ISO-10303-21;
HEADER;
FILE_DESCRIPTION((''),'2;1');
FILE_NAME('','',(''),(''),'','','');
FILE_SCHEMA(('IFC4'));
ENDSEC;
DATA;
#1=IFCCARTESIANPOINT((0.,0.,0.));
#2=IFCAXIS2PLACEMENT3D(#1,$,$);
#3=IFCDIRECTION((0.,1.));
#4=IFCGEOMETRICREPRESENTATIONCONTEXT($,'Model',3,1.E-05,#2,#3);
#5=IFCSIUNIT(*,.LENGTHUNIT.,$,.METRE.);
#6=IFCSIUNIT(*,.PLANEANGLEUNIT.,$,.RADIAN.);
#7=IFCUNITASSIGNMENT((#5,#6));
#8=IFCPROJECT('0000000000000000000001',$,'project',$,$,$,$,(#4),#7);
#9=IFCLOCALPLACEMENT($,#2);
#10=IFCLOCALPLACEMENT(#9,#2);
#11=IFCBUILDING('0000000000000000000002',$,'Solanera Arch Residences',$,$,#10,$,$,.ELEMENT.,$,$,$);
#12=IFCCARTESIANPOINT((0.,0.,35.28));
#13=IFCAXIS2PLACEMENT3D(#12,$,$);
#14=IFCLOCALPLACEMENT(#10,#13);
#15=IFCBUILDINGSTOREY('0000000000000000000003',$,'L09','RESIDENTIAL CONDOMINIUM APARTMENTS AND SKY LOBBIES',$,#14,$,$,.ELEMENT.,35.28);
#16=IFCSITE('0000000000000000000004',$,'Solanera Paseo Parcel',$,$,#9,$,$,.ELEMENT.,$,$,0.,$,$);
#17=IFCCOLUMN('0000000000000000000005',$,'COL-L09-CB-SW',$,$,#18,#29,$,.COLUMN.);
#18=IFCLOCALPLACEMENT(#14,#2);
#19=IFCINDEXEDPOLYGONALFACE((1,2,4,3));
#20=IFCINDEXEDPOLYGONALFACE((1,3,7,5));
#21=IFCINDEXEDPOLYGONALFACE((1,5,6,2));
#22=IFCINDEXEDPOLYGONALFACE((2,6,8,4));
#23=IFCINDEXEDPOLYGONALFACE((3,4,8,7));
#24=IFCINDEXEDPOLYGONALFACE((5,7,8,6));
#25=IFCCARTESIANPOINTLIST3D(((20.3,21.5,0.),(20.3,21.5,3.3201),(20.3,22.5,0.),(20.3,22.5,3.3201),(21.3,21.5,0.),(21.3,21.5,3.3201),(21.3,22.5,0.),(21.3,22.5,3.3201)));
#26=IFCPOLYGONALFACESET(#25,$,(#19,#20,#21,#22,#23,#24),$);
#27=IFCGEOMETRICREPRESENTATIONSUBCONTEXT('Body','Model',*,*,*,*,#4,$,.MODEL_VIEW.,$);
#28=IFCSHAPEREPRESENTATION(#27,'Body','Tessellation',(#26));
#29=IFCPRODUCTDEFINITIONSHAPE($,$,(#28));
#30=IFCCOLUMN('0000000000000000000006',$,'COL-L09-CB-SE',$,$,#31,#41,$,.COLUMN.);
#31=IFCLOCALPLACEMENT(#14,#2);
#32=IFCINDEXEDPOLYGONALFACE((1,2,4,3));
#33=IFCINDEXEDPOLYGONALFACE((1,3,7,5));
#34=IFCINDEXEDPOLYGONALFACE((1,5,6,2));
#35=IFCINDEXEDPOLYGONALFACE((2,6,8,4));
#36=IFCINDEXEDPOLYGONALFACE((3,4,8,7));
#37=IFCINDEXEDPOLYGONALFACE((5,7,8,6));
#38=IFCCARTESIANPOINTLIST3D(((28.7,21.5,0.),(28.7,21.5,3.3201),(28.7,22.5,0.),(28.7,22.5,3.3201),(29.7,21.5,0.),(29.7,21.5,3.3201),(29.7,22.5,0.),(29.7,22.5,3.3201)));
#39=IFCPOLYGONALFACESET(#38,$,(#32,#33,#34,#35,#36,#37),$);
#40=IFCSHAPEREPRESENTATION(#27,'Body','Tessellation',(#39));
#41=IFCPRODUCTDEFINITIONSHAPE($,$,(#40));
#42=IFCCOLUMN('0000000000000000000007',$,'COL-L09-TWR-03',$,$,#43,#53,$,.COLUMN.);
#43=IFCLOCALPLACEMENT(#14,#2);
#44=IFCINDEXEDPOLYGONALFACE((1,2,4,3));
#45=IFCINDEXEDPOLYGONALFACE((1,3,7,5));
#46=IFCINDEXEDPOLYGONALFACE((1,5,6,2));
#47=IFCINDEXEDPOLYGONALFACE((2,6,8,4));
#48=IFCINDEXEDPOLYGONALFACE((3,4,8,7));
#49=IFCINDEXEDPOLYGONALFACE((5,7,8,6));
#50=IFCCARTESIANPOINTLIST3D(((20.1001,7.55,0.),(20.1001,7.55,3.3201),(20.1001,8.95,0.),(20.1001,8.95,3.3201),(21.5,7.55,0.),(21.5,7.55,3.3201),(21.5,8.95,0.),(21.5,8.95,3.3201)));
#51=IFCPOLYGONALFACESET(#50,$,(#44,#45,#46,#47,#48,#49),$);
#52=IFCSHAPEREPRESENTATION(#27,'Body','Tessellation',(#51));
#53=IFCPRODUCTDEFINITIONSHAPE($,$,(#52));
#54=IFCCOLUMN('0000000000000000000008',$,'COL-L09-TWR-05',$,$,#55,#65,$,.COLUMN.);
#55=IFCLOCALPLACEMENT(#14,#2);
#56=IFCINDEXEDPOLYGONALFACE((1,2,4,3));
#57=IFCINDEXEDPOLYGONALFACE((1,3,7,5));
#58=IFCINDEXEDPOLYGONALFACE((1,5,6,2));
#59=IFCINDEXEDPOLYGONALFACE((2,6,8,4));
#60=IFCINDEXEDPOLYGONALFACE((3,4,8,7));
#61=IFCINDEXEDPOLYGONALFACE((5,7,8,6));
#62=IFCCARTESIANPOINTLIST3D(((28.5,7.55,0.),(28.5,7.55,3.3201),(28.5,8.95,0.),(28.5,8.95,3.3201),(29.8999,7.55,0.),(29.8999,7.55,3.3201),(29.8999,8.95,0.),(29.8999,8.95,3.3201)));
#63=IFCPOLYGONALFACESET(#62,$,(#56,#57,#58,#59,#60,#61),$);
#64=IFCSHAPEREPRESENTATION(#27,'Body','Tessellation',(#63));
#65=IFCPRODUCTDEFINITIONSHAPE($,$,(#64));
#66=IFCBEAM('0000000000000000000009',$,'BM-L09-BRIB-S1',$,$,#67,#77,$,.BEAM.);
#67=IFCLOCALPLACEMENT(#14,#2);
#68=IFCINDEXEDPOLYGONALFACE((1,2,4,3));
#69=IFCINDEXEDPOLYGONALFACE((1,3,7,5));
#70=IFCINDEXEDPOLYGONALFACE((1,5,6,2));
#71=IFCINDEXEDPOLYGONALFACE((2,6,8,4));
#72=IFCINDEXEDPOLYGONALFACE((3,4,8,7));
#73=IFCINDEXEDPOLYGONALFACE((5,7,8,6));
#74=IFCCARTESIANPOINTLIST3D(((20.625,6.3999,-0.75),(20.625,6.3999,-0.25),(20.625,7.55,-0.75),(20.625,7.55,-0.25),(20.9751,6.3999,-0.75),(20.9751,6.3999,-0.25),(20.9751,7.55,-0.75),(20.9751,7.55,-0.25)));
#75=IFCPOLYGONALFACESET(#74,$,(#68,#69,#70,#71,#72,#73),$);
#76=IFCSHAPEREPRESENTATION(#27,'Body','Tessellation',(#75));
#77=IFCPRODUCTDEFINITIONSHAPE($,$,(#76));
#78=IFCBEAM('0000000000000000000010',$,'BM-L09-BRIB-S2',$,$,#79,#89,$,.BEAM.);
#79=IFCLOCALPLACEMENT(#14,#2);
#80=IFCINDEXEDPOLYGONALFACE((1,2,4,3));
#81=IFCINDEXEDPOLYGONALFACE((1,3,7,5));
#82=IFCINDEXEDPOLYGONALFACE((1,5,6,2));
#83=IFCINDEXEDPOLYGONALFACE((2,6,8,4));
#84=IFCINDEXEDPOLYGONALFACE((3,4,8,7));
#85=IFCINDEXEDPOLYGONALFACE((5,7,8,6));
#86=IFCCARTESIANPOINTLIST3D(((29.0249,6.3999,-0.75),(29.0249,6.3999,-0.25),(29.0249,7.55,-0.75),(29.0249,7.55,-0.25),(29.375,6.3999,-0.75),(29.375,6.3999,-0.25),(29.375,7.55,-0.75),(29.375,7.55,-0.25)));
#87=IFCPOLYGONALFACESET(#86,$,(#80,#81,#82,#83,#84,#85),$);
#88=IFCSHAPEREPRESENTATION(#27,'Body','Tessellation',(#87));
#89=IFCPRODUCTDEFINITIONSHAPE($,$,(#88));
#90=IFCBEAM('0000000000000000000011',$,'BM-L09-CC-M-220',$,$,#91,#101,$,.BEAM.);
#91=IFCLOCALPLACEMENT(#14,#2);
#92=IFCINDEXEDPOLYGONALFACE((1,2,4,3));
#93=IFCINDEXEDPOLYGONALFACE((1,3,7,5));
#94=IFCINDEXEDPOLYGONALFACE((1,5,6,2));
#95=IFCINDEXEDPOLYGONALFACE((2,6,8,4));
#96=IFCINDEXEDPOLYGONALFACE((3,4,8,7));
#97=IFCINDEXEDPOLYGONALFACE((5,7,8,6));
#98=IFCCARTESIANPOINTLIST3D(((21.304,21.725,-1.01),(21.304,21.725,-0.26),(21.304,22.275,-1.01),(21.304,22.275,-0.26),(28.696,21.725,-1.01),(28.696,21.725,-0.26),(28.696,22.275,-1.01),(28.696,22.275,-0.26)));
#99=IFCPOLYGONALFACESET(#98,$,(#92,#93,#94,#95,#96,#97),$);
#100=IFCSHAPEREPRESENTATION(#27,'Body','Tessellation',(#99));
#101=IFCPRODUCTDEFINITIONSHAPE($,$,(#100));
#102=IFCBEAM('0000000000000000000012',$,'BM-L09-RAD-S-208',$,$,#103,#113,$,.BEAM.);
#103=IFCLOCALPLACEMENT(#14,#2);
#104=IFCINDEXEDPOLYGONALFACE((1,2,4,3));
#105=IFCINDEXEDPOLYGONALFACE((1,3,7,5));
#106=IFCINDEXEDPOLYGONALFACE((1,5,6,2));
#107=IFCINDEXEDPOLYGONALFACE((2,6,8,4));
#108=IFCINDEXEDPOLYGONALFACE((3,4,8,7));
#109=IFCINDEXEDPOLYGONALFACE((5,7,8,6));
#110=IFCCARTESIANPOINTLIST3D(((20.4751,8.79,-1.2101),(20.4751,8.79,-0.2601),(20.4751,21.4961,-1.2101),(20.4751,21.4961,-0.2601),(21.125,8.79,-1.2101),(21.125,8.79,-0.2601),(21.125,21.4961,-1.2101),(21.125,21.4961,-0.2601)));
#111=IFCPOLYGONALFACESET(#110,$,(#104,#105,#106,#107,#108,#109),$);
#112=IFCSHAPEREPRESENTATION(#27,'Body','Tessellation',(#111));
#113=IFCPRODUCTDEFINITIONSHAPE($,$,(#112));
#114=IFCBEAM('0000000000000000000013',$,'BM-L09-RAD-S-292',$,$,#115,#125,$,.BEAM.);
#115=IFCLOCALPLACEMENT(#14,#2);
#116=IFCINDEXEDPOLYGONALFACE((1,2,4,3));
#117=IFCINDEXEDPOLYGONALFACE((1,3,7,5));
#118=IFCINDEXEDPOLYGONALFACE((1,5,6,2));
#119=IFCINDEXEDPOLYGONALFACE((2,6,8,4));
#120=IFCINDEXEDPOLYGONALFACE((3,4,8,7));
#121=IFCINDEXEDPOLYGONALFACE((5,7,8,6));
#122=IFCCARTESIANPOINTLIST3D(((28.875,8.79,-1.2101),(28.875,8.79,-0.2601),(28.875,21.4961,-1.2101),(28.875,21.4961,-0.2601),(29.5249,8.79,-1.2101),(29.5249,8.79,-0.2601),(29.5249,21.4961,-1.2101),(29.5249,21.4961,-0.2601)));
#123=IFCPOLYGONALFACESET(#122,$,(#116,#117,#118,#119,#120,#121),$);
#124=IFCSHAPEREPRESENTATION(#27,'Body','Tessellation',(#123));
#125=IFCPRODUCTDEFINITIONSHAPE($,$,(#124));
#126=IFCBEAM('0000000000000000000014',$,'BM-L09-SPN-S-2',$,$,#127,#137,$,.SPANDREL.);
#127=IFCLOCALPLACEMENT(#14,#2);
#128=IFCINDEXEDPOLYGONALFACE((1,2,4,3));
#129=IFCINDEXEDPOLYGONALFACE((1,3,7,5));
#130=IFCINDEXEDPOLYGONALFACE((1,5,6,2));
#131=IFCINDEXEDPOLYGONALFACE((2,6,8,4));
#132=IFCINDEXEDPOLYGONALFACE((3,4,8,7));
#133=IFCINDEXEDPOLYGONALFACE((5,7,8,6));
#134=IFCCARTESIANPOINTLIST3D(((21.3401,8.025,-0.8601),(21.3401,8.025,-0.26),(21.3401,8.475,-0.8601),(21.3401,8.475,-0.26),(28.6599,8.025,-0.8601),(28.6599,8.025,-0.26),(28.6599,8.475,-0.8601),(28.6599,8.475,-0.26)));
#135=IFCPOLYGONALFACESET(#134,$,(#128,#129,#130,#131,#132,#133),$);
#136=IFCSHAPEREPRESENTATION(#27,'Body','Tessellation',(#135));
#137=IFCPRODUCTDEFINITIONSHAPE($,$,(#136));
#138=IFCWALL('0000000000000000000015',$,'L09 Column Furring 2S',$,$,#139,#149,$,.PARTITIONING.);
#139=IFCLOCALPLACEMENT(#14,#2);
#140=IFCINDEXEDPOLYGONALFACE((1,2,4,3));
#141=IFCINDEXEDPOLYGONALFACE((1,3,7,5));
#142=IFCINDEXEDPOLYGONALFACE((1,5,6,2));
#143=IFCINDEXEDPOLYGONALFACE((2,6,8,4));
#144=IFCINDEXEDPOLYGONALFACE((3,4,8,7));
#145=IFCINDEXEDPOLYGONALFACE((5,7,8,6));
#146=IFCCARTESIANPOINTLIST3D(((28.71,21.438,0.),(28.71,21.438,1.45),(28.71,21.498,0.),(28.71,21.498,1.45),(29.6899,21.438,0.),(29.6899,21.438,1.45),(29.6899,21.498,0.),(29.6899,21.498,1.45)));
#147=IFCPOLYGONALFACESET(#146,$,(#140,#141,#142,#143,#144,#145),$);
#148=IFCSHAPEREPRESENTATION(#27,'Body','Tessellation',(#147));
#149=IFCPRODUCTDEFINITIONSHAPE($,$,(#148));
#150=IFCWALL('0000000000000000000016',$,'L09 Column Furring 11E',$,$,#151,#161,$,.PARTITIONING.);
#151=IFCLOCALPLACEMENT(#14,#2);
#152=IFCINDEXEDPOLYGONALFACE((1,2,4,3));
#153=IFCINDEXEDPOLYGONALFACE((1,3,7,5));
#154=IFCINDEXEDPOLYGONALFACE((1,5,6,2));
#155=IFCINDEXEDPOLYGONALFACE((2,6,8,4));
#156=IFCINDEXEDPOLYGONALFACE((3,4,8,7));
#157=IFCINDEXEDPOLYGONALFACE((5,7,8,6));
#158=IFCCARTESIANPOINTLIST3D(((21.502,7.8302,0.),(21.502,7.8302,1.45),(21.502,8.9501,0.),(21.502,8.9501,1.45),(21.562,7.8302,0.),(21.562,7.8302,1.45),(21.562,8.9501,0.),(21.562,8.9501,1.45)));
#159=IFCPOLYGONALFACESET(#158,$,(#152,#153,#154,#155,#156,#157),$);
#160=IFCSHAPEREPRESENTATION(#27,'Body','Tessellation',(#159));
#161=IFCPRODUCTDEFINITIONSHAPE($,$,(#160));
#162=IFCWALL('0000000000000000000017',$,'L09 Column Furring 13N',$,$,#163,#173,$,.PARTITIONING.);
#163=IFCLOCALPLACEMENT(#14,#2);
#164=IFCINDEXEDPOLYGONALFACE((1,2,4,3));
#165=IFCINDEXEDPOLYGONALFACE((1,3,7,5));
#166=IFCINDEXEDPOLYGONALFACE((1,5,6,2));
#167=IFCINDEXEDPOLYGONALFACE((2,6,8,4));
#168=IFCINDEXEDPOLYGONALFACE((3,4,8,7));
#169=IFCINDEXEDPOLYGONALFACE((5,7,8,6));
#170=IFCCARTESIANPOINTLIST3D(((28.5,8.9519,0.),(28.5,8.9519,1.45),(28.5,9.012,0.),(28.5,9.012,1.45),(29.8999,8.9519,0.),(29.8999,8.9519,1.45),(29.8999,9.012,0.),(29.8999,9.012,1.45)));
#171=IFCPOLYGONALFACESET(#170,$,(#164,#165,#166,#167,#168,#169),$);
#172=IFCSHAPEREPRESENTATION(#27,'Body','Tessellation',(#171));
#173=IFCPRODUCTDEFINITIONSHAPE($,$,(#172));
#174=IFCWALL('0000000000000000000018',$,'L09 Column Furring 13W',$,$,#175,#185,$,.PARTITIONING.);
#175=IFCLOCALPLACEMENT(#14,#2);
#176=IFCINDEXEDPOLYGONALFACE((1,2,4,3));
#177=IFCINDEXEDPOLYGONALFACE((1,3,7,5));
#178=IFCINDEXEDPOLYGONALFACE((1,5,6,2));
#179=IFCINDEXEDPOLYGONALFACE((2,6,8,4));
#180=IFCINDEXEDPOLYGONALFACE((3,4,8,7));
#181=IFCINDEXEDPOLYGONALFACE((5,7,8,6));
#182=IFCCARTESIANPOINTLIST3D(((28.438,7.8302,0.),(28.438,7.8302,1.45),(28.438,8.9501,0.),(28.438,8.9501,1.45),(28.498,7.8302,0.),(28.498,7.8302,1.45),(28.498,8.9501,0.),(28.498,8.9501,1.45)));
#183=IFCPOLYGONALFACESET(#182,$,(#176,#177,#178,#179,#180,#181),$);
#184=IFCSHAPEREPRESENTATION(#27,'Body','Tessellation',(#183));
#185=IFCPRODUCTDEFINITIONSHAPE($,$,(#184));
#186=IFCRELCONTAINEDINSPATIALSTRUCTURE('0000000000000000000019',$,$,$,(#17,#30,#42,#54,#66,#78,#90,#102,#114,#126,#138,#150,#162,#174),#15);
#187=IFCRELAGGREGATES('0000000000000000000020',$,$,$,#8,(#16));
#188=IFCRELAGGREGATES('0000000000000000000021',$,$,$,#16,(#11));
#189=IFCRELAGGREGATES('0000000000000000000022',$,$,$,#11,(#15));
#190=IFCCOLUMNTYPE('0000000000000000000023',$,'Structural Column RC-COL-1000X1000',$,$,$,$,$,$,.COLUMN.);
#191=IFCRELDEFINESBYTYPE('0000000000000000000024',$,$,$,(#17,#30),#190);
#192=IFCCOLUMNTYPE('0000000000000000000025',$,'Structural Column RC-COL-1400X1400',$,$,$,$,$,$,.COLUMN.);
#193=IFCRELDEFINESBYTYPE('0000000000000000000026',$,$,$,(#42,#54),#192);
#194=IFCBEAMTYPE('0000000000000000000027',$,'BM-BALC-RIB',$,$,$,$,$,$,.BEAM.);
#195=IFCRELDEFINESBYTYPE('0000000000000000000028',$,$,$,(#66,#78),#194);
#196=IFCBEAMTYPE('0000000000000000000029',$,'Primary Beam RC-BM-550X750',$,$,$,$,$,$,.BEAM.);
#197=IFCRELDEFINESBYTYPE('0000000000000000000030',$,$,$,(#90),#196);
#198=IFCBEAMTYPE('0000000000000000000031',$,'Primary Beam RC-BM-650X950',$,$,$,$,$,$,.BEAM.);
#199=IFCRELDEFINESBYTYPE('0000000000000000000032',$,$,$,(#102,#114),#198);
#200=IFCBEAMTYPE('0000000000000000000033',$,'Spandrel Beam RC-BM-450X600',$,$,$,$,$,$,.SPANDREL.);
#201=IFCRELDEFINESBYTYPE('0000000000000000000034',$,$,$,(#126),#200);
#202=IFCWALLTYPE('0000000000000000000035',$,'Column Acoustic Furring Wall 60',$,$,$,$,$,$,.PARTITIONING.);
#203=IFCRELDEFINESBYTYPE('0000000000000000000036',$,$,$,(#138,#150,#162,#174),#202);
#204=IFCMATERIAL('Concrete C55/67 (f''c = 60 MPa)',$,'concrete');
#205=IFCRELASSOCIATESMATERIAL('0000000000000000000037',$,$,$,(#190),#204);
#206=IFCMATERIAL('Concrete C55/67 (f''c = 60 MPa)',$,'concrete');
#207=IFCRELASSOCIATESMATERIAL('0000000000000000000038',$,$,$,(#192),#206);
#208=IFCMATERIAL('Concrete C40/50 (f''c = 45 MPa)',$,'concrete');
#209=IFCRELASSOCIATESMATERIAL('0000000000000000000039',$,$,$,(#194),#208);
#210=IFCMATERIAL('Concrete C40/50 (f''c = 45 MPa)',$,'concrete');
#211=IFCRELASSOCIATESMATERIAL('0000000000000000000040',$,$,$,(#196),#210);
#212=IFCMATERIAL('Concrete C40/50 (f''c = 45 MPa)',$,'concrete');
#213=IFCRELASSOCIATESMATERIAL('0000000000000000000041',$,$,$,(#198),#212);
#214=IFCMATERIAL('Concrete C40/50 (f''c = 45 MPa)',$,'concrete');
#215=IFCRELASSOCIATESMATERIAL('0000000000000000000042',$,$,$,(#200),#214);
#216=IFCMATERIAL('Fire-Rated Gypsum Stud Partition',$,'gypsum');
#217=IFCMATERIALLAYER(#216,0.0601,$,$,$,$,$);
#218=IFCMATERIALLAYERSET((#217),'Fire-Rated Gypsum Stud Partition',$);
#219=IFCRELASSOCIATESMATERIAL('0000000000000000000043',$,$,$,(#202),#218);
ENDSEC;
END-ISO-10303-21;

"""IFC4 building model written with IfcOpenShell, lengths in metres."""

from ifc_helpers import new_model, si_unit, direction, frame, frame_2d, origin, origin_2d, place, context, subcontext, project, spatial, rectangle, extrude, material, layer, layer_set, material_profile, profile_set, type_object, element, save


model = new_model("IFC4")

# Units and contexts
model_context = context("Model", 3, precision=1e-05, world=origin(), true_north=direction((0.0, 1.0)))
body_context = subcontext(model_context, "Body", "Model", "MODEL_VIEW")
ifc_project = project(units=[si_unit("LENGTHUNIT", "METRE"), si_unit("PLANEANGLEUNIT", "RADIAN")], contexts=[model_context])

# Site, building, storey
site_placement = place(None, origin())
site = spatial("IfcSite", under=ifc_project, at=site_placement, Name="Solanera Paseo Parcel", CompositionType="ELEMENT", RefElevation=0.0)
building_placement = place(site_placement, origin())
building = spatial("IfcBuilding", under=site, at=building_placement, Name="Solanera Arch Residences", CompositionType="ELEMENT")
storey_placement = place(building_placement, frame((0.0, 0.0, 35.28)))
storey = spatial("IfcBuildingStorey", under=building, at=storey_placement, Name="L09", Description="RESIDENTIAL CONDOMINIUM APARTMENTS AND SKY LOBBIES", CompositionType="ELEMENT", Elevation=35.28)

# Columns
ifc_material_1 = material(Name="Concrete C55/67 (f'c = 60 MPa)", Category="concrete")
ifc_material_profile_1 = material_profile(ifc_material_1, rectangle(XDim=1.0, YDim=1.0, at=origin_2d()))
ifc_profile_set_1 = profile_set([ifc_material_profile_1], Name="Concrete C55/67 (f'c = 60 MPa)")
column_type_1 = type_object("IfcColumnType", Name="Structural Column RC-COL-1000X1000", PredefinedType="COLUMN", material=ifc_profile_set_1)
for number, where, z_axis, x_axis, name in (
    (1, (20.8, 22.0, 0.0), (0.0, 0.0, 1.0), (1.0, 0.0, 0.0), "COL-L09-CB-SW"),
    (2, (29.2, 22.0, 0.0), (0.0, 0.0, 1.0), (1.0, 0.0, 0.0), "COL-L09-CB-SE"),
):
    element("IfcColumn", number, at=place(storey_placement, frame(where, z_axis=z_axis, x_axis=x_axis)), inside=storey, type_object=column_type_1, Name=name, PredefinedType="COLUMN", context=body_context, shape_type="SweptSolid", body=[
        extrude(rectangle(XDim=1.0, YDim=1.0, at=origin_2d()), origin(), (0.0, 0.0, 1.0), 3.3201),
    ])
ifc_material_2 = material(Name="Concrete C55/67 (f'c = 60 MPa)", Category="concrete")
ifc_material_profile_2 = material_profile(ifc_material_2, rectangle(XDim=1.3999, YDim=1.3999, at=origin_2d()))
ifc_profile_set_2 = profile_set([ifc_material_profile_2], Name="Concrete C55/67 (f'c = 60 MPa)")
column_type_2 = type_object("IfcColumnType", Name="Structural Column RC-COL-1400X1400", PredefinedType="COLUMN", material=ifc_profile_set_2)
for number, where, z_axis, x_axis, name in (
    (3, (20.8, 8.25, 0.0), (0.0, 0.0, 1.0), (1.0, 0.0, 0.0), "COL-L09-TWR-03"),
    (4, (29.2, 8.25, 0.0), (0.0, 0.0, 1.0), (1.0, 0.0, 0.0), "COL-L09-TWR-05"),
):
    element("IfcColumn", number, at=place(storey_placement, frame(where, z_axis=z_axis, x_axis=x_axis)), inside=storey, type_object=column_type_2, Name=name, PredefinedType="COLUMN", context=body_context, shape_type="SweptSolid", body=[
        extrude(rectangle(XDim=1.3999, YDim=1.3999, at=origin_2d()), origin(), (0.0, 0.0, 1.0), 3.3201),
    ])

# Beams
ifc_material_3 = material(Name="Concrete C40/50 (f'c = 45 MPa)", Category="concrete")
ifc_material_profile_3 = material_profile(ifc_material_3, rectangle(XDim=0.3501, YDim=0.5, at=origin_2d()))
ifc_profile_set_3 = profile_set([ifc_material_profile_3], Name="Concrete C40/50 (f'c = 45 MPa)")
beam_type_1 = type_object("IfcBeamType", Name="BM-BALC-RIB", PredefinedType="BEAM", material=ifc_profile_set_3)
for number, where, z_axis, x_axis, name in (
    (5, (20.8, 6.3999, -0.5), (0.0, 1.0, 0.0), (-1.0, 0.0, 0.0), "BM-L09-BRIB-S1"),
    (6, (29.2, 6.3999, -0.5), (0.0, 1.0, 0.0), (-1.0, 0.0, 0.0), "BM-L09-BRIB-S2"),
):
    element("IfcBeam", number, at=place(storey_placement, frame(where, z_axis=z_axis, x_axis=x_axis)), inside=storey, type_object=beam_type_1, Name=name, PredefinedType="BEAM", context=body_context, shape_type="SweptSolid", body=[
        extrude(rectangle(XDim=0.3501, YDim=0.5, at=origin_2d()), origin(), (0.0, 0.0, 1.0), 1.1501),
    ])
ifc_material_4 = material(Name="Concrete C40/50 (f'c = 45 MPa)", Category="concrete")
ifc_material_profile_4 = material_profile(ifc_material_4, rectangle(XDim=0.55, YDim=0.75, at=origin_2d()))
ifc_profile_set_4 = profile_set([ifc_material_profile_4], Name="Concrete C40/50 (f'c = 45 MPa)")
beam_type_2 = type_object("IfcBeamType", Name="Primary Beam RC-BM-550X750", PredefinedType="BEAM", material=ifc_profile_set_4)
beam_1_placement = place(storey_placement, frame((21.304, 22.0, -0.635), z_axis=(1.0, 0.0, 0.0), x_axis=(0.0, 1.0, 0.0)))
element("IfcBeam", 7, at=beam_1_placement, inside=storey, type_object=beam_type_2, Name="BM-L09-CC-M-220", PredefinedType="BEAM", context=body_context, shape_type="SweptSolid", body=[
    extrude(rectangle(XDim=0.55, YDim=0.75, at=origin_2d()), origin(), (0.0, 0.0, 1.0), 7.3921),
])
ifc_material_5 = material(Name="Concrete C40/50 (f'c = 45 MPa)", Category="concrete")
ifc_material_profile_5 = material_profile(ifc_material_5, rectangle(XDim=0.6499, YDim=0.95, at=origin_2d()))
ifc_profile_set_5 = profile_set([ifc_material_profile_5], Name="Concrete C40/50 (f'c = 45 MPa)")
beam_type_3 = type_object("IfcBeamType", Name="Primary Beam RC-BM-650X950", PredefinedType="BEAM", material=ifc_profile_set_5)
for number, where, z_axis, x_axis, name in (
    (8, (20.8, 8.79, -0.7351), (0.0, 1.0, 0.0), (-1.0, 0.0, 0.0), "BM-L09-RAD-S-208"),
    (9, (29.2, 8.79, -0.7351), (0.0, 1.0, 0.0), (-1.0, 0.0, 0.0), "BM-L09-RAD-S-292"),
):
    element("IfcBeam", number, at=place(storey_placement, frame(where, z_axis=z_axis, x_axis=x_axis)), inside=storey, type_object=beam_type_3, Name=name, PredefinedType="BEAM", context=body_context, shape_type="SweptSolid", body=[
        extrude(rectangle(XDim=0.6499, YDim=0.95, at=origin_2d()), origin(), (0.0, 0.0, 1.0), 12.7061),
    ])
ifc_material_6 = material(Name="Concrete C40/50 (f'c = 45 MPa)", Category="concrete")
ifc_material_profile_6 = material_profile(ifc_material_6, rectangle(XDim=0.45, YDim=0.6001, at=origin_2d()))
ifc_profile_set_6 = profile_set([ifc_material_profile_6], Name="Concrete C40/50 (f'c = 45 MPa)")
beam_type_4 = type_object("IfcBeamType", Name="Spandrel Beam RC-BM-450X600", PredefinedType="SPANDREL", material=ifc_profile_set_6)
beam_2_placement = place(storey_placement, frame((21.3401, 8.25, -0.5601), z_axis=(1.0, 0.0, 0.0), x_axis=(0.0, 1.0, 0.0)))
element("IfcBeam", 10, at=beam_2_placement, inside=storey, type_object=beam_type_4, Name="BM-L09-SPN-S-2", PredefinedType="SPANDREL", context=body_context, shape_type="SweptSolid", body=[
    extrude(rectangle(XDim=0.45, YDim=0.6001, at=origin_2d()), origin(), (0.0, 0.0, 1.0), 7.3198),
])

# Walls
ifc_material_7 = material(Name="Fire-Rated Gypsum Stud Partition", Category="gypsum")
ifc_layer_1 = layer(ifc_material_7, 0.0601)
ifc_layer_set_1 = layer_set([ifc_layer_1], Name="Fire-Rated Gypsum Stud Partition")
wall_type_1 = type_object("IfcWallType", Name="Column Acoustic Furring Wall 60", PredefinedType="PARTITIONING", material=ifc_layer_set_1)
wall_1_placement = place(storey_placement, frame((28.71, 21.468, 0.0), z_axis=(0.0, 0.0, 1.0), x_axis=(1.0, 0.0, 0.0)))
element("IfcWall", 11, at=wall_1_placement, inside=storey, type_object=wall_type_1, Name="L09 Column Furring 2S", PredefinedType="PARTITIONING", context=body_context, shape_type="SweptSolid", body=[
    extrude(rectangle(XDim=0.98, YDim=0.0601, at=frame_2d((0.49, 0.0))), origin(), (0.0, 0.0, 1.0), 1.45),
])
wall_2_placement = place(storey_placement, frame((21.532, 7.8301, 0.0), z_axis=(0.0, 0.0, 1.0), x_axis=(0.0, 1.0, 0.0)))
element("IfcWall", 12, at=wall_2_placement, inside=storey, type_object=wall_type_1, Name="L09 Column Furring 11E", PredefinedType="PARTITIONING", context=body_context, shape_type="SweptSolid", body=[
    extrude(rectangle(XDim=1.1199, YDim=0.0601, at=frame_2d((0.5601, 0.0))), origin(), (0.0, 0.0, 1.0), 1.45),
])
wall_3_placement = place(storey_placement, frame((28.5, 8.9819, 0.0), z_axis=(0.0, 0.0, 1.0), x_axis=(1.0, 0.0, 0.0)))
element("IfcWall", 13, at=wall_3_placement, inside=storey, type_object=wall_type_1, Name="L09 Column Furring 13N", PredefinedType="PARTITIONING", context=body_context, shape_type="SweptSolid", body=[
    extrude(rectangle(XDim=1.3999, YDim=0.0601, at=frame_2d((0.7, 0.0))), origin(), (0.0, 0.0, 1.0), 1.45),
])
wall_4_placement = place(storey_placement, frame((28.468, 7.8301, 0.0), z_axis=(0.0, 0.0, 1.0), x_axis=(0.0, 1.0, 0.0)))
element("IfcWall", 14, at=wall_4_placement, inside=storey, type_object=wall_type_1, Name="L09 Column Furring 13W", PredefinedType="PARTITIONING", context=body_context, shape_type="SweptSolid", body=[
    extrude(rectangle(XDim=1.1199, YDim=0.0601, at=frame_2d((0.5601, 0.0))), origin(), (0.0, 0.0, 1.0), 1.45),
])

save(model, "model.ifc")
